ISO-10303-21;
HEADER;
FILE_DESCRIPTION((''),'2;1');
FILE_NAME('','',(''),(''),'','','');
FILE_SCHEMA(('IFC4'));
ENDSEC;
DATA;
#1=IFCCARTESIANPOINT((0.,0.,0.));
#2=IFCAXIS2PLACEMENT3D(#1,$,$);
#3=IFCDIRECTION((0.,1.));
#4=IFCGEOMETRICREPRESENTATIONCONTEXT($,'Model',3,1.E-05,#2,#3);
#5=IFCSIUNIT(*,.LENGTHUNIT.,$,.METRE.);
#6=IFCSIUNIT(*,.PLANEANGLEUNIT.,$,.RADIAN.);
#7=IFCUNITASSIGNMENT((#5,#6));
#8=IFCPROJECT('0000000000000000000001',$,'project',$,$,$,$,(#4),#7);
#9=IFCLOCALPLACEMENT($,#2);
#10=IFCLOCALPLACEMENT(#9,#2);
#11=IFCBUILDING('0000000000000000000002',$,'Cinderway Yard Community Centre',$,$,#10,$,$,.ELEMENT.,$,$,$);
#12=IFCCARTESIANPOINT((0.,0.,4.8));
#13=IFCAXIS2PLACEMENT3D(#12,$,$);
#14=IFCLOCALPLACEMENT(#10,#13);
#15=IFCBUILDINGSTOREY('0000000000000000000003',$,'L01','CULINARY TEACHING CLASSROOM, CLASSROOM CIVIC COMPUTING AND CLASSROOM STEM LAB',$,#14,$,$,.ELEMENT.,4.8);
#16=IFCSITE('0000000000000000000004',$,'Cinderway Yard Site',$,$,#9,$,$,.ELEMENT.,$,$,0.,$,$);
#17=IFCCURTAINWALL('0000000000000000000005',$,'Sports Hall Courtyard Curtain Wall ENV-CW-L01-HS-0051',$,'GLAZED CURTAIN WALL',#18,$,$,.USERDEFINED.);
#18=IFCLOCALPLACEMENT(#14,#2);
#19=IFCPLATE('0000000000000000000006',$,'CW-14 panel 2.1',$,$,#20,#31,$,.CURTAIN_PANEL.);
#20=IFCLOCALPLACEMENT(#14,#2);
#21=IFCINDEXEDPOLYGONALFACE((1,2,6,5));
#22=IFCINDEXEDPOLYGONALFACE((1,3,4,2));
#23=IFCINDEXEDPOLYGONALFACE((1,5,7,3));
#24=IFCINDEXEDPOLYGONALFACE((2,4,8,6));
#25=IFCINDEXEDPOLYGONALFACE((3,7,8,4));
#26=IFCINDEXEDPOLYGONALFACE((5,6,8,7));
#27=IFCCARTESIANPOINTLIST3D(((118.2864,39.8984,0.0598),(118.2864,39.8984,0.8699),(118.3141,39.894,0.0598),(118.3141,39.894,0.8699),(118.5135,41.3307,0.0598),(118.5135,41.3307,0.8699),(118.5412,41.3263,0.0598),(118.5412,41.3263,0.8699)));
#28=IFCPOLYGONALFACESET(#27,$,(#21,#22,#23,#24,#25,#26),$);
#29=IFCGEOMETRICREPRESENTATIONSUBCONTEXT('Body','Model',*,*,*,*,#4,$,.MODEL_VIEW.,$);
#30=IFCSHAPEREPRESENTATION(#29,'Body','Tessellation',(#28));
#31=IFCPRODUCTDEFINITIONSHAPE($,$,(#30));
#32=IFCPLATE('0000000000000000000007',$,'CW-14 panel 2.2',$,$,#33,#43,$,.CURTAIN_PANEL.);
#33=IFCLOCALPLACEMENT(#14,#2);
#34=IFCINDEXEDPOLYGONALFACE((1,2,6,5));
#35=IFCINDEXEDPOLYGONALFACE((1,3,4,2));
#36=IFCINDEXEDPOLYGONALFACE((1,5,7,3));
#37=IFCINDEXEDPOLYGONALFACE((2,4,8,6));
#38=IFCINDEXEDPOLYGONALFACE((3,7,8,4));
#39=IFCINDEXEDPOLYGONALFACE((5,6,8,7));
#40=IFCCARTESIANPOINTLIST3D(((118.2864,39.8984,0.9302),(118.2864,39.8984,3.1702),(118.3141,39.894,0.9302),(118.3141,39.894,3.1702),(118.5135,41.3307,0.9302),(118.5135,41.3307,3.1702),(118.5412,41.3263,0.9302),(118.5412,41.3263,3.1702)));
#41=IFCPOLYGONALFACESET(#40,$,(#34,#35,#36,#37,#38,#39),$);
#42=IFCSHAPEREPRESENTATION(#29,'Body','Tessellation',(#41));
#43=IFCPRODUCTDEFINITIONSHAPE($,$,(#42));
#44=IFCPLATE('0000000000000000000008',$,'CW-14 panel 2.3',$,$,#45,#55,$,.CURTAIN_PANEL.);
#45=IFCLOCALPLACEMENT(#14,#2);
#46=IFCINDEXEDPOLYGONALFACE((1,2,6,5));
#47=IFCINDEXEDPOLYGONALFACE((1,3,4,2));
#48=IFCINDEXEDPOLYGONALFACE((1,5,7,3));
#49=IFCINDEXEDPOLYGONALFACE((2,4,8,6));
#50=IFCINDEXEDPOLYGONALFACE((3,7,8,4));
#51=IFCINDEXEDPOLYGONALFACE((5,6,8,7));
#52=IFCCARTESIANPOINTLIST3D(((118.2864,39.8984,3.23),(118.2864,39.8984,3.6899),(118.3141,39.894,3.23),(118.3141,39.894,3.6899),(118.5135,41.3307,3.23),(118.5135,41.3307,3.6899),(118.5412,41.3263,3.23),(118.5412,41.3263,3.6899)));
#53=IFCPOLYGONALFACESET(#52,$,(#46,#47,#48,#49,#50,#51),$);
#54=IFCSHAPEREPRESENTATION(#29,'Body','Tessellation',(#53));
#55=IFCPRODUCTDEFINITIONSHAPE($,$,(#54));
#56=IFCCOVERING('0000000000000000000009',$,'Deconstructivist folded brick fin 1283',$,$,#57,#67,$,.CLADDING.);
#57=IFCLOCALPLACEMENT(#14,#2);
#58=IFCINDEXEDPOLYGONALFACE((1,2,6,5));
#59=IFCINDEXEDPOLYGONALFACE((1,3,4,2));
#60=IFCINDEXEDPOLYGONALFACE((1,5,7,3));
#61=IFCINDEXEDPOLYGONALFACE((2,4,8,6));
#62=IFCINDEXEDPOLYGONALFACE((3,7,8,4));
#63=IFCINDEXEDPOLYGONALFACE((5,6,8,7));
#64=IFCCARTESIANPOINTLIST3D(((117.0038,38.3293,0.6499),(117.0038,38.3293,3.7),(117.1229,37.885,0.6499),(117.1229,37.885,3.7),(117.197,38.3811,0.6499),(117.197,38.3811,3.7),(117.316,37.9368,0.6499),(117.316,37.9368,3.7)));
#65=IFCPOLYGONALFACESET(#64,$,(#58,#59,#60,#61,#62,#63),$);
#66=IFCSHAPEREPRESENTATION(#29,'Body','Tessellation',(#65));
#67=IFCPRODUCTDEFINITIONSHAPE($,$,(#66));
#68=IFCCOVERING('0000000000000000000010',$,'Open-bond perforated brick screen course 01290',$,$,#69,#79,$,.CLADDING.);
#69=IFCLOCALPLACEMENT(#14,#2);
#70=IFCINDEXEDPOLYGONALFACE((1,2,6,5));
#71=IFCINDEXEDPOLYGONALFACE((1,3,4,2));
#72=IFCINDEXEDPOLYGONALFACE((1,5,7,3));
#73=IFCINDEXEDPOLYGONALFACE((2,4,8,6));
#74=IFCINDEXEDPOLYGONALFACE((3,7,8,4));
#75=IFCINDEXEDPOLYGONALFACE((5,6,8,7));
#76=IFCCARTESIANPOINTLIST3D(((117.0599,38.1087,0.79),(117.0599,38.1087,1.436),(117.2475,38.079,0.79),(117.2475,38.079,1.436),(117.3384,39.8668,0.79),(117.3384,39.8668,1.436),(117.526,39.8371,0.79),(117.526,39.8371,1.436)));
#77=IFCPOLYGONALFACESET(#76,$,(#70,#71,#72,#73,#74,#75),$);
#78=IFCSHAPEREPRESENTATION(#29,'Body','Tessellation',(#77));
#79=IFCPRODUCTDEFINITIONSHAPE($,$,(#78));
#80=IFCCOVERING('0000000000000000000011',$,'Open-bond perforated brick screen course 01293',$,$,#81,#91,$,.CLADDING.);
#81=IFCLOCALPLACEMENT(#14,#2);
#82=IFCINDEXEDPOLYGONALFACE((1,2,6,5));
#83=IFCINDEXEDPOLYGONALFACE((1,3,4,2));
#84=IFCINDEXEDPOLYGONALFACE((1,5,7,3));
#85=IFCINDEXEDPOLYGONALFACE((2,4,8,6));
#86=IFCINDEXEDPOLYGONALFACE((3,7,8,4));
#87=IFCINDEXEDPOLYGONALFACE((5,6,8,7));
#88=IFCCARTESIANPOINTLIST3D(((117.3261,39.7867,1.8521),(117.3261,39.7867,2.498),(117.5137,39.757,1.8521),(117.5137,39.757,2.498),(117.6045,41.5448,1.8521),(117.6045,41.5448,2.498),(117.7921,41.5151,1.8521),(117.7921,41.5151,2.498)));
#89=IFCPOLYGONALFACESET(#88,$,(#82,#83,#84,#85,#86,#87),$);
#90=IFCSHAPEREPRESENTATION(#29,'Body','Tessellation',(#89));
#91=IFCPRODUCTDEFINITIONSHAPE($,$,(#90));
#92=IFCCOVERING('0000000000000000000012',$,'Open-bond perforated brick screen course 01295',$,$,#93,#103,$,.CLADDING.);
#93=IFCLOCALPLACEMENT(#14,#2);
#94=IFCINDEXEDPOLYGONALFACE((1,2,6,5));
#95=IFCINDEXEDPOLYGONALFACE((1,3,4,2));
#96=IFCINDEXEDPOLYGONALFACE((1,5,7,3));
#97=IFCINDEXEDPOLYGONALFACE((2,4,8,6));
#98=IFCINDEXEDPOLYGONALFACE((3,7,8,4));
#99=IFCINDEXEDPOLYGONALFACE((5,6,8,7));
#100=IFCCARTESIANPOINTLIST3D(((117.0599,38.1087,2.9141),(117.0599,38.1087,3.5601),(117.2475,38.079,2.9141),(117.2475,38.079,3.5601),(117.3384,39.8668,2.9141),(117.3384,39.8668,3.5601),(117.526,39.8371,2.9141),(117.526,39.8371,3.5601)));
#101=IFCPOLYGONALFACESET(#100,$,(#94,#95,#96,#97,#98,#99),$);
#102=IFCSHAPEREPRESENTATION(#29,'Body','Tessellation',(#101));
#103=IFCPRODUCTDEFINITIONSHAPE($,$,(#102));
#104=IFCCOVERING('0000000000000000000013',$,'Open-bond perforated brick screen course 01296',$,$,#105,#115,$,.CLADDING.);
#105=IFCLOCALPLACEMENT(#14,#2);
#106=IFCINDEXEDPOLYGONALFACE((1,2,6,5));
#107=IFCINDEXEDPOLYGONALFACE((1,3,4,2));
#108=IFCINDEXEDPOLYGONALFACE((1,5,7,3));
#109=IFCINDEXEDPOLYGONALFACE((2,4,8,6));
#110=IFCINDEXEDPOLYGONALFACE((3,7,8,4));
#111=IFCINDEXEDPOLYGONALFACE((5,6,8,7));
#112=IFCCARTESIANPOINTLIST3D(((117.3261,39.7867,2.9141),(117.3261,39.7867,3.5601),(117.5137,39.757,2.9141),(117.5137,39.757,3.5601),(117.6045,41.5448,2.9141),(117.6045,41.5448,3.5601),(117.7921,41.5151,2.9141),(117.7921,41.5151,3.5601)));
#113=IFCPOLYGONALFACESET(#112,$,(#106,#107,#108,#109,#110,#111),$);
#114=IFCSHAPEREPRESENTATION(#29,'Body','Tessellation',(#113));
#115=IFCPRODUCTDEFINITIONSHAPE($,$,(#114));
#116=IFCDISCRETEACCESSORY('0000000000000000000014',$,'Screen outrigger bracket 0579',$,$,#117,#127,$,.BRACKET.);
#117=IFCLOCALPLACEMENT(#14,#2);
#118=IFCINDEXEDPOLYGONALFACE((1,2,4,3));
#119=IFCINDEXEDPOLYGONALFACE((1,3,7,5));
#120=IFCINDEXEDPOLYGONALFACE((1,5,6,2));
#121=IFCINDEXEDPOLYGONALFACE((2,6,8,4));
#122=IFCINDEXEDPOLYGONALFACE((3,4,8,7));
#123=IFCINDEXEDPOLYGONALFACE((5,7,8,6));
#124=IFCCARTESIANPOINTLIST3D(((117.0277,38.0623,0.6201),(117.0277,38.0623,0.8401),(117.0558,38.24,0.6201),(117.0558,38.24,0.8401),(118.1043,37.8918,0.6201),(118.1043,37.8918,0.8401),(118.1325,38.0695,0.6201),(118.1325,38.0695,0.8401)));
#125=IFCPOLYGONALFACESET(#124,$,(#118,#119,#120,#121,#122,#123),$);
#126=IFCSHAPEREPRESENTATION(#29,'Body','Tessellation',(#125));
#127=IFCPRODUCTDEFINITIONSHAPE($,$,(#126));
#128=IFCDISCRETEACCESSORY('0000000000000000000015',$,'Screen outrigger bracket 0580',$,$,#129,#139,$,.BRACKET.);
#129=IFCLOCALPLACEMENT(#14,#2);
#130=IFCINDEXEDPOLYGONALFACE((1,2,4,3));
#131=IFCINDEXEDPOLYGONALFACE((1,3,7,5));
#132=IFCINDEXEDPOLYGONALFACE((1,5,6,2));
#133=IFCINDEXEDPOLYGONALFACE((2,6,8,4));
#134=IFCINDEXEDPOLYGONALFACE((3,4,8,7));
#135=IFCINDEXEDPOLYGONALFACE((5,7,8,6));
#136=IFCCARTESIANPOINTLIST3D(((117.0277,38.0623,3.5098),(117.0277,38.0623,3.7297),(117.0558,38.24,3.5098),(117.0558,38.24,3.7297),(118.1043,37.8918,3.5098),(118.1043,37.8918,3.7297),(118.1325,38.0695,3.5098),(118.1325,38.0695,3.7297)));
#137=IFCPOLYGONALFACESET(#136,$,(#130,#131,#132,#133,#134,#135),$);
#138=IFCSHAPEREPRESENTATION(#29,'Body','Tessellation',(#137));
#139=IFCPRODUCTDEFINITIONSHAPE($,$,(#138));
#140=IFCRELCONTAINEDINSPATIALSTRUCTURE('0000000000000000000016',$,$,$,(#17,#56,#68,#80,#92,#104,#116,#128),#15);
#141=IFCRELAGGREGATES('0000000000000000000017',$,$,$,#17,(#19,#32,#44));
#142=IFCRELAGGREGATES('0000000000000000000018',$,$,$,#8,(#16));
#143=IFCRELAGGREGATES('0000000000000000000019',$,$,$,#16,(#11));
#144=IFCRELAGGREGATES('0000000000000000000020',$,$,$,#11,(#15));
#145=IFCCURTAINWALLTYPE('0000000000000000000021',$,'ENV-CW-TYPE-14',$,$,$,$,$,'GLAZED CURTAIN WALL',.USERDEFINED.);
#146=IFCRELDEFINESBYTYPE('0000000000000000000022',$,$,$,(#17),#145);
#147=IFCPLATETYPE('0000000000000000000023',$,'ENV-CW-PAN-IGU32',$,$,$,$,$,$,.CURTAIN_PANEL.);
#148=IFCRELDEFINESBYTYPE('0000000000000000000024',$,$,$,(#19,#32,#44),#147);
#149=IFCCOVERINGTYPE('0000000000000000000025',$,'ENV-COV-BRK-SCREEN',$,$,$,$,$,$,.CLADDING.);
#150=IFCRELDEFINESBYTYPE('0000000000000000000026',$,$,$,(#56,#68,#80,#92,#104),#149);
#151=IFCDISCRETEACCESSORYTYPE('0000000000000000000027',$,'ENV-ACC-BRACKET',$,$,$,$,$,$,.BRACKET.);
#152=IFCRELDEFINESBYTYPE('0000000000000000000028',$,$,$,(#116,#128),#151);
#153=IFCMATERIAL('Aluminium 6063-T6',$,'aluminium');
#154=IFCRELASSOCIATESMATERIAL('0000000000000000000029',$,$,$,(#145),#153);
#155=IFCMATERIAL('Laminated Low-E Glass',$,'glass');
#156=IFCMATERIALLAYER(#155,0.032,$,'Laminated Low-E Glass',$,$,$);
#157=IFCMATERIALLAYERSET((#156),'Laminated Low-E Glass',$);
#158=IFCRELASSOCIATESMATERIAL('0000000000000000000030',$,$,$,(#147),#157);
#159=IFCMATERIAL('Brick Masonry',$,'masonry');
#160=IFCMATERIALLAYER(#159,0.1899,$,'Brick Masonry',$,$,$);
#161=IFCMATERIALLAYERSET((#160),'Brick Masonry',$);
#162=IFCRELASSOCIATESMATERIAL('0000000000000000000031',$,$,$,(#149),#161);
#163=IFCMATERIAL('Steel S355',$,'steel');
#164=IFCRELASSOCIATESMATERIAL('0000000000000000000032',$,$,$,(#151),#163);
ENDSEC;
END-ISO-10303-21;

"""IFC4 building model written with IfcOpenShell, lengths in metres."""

from ifc_helpers import new_model, si_unit, direction, frame, origin, origin_2d, place, context, subcontext, project, spatial, rectangle, extrude, material, layer, layer_set, type_object, element, aggregate, save


model = new_model("IFC4")

# Units and contexts
model_context = context("Model", 3, precision=1e-05, world=origin(), true_north=direction((0.0, 1.0)))
body_context = subcontext(model_context, "Body", "Model", "MODEL_VIEW")
ifc_project = project(units=[si_unit("LENGTHUNIT", "METRE"), si_unit("PLANEANGLEUNIT", "RADIAN")], contexts=[model_context])

# Site, building, storey
site_placement = place(None, origin())
site = spatial("IfcSite", under=ifc_project, at=site_placement, Name="Cinderway Yard Site", CompositionType="ELEMENT", RefElevation=0.0)
building_placement = place(site_placement, origin())
building = spatial("IfcBuilding", under=site, at=building_placement, Name="Cinderway Yard Community Centre", CompositionType="ELEMENT")
storey_placement = place(building_placement, frame((0.0, 0.0, 4.8)))
storey = spatial("IfcBuildingStorey", under=building, at=storey_placement, Name="L01", Description="CULINARY TEACHING CLASSROOM, CLASSROOM CIVIC COMPUTING AND CLASSROOM STEM LAB", CompositionType="ELEMENT", Elevation=4.8)

# Curtain wall
ifc_material_1 = material(Name="Aluminium 6063-T6", Category="aluminium")
curtain_wall_type = type_object("IfcCurtainWallType", Name="ENV-CW-TYPE-14", ElementType="GLAZED CURTAIN WALL", PredefinedType="USERDEFINED", material=ifc_material_1)
curtain_wall_placement = place(storey_placement, origin())
curtain_wall = element("IfcCurtainWall", 1, at=curtain_wall_placement, inside=storey, type_object=curtain_wall_type, Name="Sports Hall Courtyard Curtain Wall ENV-CW-L01-HS-0051", ObjectType="GLAZED CURTAIN WALL", PredefinedType="USERDEFINED")

# Shared definitions
ifc_material_2 = material(Name="Steel S355", Category="steel")

# Plates
ifc_material_3 = material(Name="Laminated Low-E Glass", Category="glass")
ifc_layer_1 = layer(ifc_material_3, 0.032, Name="Laminated Low-E Glass")
ifc_layer_set_1 = layer_set([ifc_layer_1], Name="Laminated Low-E Glass")
plate_type = type_object("IfcPlateType", Name="ENV-CW-PAN-IGU32", PredefinedType="CURTAIN_PANEL", material=ifc_layer_set_1)
plate_1_placement = place(storey_placement, frame((118.4138, 40.6123, 0.0598), z_axis=(0.0, 0.0, 1.0), x_axis=(0.156609, 0.987661, 0.0)))
plate_1 = element("IfcPlate", 2, at=plate_1_placement, type_object=plate_type, Name="CW-14 panel 2.1", PredefinedType="CURTAIN_PANEL", context=body_context, shape_type="SweptSolid", body=[
    extrude(rectangle(XDim=1.4502, YDim=0.0281, at=origin_2d()), origin(), (0.0, 0.0, 1.0), 0.8101),
])
plate_2_placement = place(storey_placement, frame((118.4138, 40.6123, 0.9302), z_axis=(0.0, 0.0, 1.0), x_axis=(0.156609, 0.987661, 0.0)))
plate_2 = element("IfcPlate", 3, at=plate_2_placement, type_object=plate_type, Name="CW-14 panel 2.2", PredefinedType="CURTAIN_PANEL", context=body_context, shape_type="SweptSolid", body=[
    extrude(rectangle(XDim=1.4502, YDim=0.0281, at=origin_2d()), origin(), (0.0, 0.0, 1.0), 2.24),
])
plate_3_placement = place(storey_placement, frame((118.4138, 40.6123, 3.23), z_axis=(0.0, 0.0, 1.0), x_axis=(0.156609, 0.987661, 0.0)))
plate_3 = element("IfcPlate", 4, at=plate_3_placement, type_object=plate_type, Name="CW-14 panel 2.3", PredefinedType="CURTAIN_PANEL", context=body_context, shape_type="SweptSolid", body=[
    extrude(rectangle(XDim=1.4502, YDim=0.0281, at=origin_2d()), origin(), (0.0, 0.0, 1.0), 0.46),
])
aggregate(curtain_wall, [plate_1, plate_2, plate_3])

# Coverings
ifc_material_4 = material(Name="Brick Masonry", Category="masonry")
ifc_layer_2 = layer(ifc_material_4, 0.1899, Name="Brick Masonry")
ifc_layer_set_2 = layer_set([ifc_layer_2], Name="Brick Masonry")
covering_type = type_object("IfcCoveringType", Name="ENV-COV-BRK-SCREEN", PredefinedType="CLADDING", material=ifc_layer_set_2)
covering_placement = place(storey_placement, frame((117.1599, 38.1331, 0.6499), z_axis=(0.0, 0.0, 1.0), x_axis=(-0.258819, 0.965926, 0.0)))
element("IfcCovering", 5, at=covering_placement, inside=storey, type_object=covering_type, Name="Deconstructivist folded brick fin 1283", PredefinedType="CLADDING", context=body_context, shape_type="SweptSolid", body=[
    extrude(rectangle(XDim=0.46, YDim=0.2, at=origin_2d()), origin(), (0.0, 0.0, 1.0), 3.05),
])
for number, where, z_axis, x_axis, name in (
    (6, (117.293, 38.9729, 0.79), (0.0, 0.0, 1.0), (0.156434, 0.987688, 0.0), "Open-bond perforated brick screen course 01290"),
    (7, (117.5591, 40.6509, 1.8521), (0.0, 0.0, 1.0), (0.156434, 0.987688, 0.0), "Open-bond perforated brick screen course 01293"),
    (8, (117.293, 38.9729, 2.9141), (0.0, 0.0, 1.0), (0.156434, 0.987688, 0.0), "Open-bond perforated brick screen course 01295"),
    (9, (117.5591, 40.6509, 2.9141), (0.0, 0.0, 1.0), (0.156434, 0.987688, 0.0), "Open-bond perforated brick screen course 01296"),
):
    element("IfcCovering", number, at=place(storey_placement, frame(where, z_axis=z_axis, x_axis=x_axis)), inside=storey, type_object=covering_type, Name=name, PredefinedType="CLADDING", context=body_context, shape_type="SweptSolid", body=[
        extrude(rectangle(XDim=1.78, YDim=0.1899, at=origin_2d()), origin(), (0.0, 0.0, 1.0), 0.646),
    ])

# Discrete accessories
discrete_accessory_type = type_object("IfcDiscreteAccessoryType", Name="ENV-ACC-BRACKET", PredefinedType="BRACKET", material=ifc_material_2)
for number, where, z_axis, x_axis, name in (
    (10, (117.5801, 38.0659, 0.6201), (0.0, 0.0, 1.0), (-0.987688, 0.156434, 0.0), "Screen outrigger bracket 0579"),
    (11, (117.5801, 38.0659, 3.5098), (0.0, 0.0, 1.0), (-0.987688, 0.156434, 0.0), "Screen outrigger bracket 0580"),
):
    element("IfcDiscreteAccessory", number, at=place(storey_placement, frame(where, z_axis=z_axis, x_axis=x_axis)), inside=storey, type_object=discrete_accessory_type, Name=name, PredefinedType="BRACKET", context=body_context, shape_type="SweptSolid", body=[
        extrude(rectangle(XDim=1.0901, YDim=0.1799, at=origin_2d()), origin(), (0.0, 0.0, 1.0), 0.22),
    ])

save(model, "model.ifc")
